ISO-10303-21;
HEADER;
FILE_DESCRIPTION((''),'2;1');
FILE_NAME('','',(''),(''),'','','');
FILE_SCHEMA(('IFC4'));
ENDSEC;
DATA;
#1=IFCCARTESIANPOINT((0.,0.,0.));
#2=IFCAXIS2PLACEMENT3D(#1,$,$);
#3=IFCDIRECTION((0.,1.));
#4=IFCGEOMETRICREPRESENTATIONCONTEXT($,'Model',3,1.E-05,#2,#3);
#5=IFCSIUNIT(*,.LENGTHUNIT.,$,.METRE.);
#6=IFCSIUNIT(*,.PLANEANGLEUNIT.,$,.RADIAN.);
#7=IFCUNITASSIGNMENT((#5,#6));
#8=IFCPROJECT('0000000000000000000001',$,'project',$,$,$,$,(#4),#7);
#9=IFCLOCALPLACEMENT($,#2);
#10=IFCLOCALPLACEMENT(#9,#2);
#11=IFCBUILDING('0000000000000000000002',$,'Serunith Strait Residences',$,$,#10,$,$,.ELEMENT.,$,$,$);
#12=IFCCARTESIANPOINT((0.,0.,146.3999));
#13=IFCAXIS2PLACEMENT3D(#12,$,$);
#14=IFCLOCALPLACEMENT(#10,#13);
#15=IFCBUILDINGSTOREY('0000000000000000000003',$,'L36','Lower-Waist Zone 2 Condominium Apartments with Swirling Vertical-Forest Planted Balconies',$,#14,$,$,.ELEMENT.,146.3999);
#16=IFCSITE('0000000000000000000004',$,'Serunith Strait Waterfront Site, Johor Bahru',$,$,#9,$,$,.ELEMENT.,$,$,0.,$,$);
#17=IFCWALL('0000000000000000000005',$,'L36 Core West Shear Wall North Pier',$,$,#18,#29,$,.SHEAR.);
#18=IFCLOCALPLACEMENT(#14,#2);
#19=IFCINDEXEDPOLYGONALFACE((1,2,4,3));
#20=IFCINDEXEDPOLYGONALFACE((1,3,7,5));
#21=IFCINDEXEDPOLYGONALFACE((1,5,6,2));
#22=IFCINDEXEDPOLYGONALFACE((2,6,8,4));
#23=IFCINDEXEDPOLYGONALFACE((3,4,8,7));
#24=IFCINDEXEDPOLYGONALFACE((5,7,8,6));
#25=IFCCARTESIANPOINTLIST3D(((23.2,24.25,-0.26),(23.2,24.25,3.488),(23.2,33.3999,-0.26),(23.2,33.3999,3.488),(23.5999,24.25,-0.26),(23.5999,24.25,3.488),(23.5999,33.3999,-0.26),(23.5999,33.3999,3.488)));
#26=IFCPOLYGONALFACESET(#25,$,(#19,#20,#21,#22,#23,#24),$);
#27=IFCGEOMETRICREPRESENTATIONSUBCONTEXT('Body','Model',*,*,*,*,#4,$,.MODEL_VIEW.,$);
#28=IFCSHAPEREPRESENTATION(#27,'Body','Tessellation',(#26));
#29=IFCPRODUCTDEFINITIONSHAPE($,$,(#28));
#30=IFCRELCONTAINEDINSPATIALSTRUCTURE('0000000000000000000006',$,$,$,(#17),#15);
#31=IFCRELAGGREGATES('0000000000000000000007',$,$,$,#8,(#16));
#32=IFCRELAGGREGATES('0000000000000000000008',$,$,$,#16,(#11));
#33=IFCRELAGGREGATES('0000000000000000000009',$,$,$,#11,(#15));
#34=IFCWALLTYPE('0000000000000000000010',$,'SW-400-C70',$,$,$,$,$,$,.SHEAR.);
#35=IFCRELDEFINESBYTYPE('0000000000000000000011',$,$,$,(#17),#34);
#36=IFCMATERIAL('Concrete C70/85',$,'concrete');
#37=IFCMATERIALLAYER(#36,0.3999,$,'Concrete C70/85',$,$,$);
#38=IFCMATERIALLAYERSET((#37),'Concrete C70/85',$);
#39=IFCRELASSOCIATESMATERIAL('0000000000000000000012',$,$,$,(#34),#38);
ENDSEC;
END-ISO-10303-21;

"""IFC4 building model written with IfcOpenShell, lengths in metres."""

from ifc_helpers import new_model, si_unit, direction, frame, frame_2d, origin, place, context, subcontext, project, spatial, rectangle, extrude, material, layer, layer_set, type_object, element, save


model = new_model("IFC4")

# Units and contexts
model_context = context("Model", 3, precision=1e-05, world=origin(), true_north=direction((0.0, 1.0)))
body_context = subcontext(model_context, "Body", "Model", "MODEL_VIEW")
ifc_project = project(units=[si_unit("LENGTHUNIT", "METRE"), si_unit("PLANEANGLEUNIT", "RADIAN")], contexts=[model_context])

# Site, building, storey
site_placement = place(None, origin())
site = spatial("IfcSite", under=ifc_project, at=site_placement, Name="Serunith Strait Waterfront Site, Johor Bahru", CompositionType="ELEMENT", RefElevation=0.0)
building_placement = place(site_placement, origin())
building = spatial("IfcBuilding", under=site, at=building_placement, Name="Serunith Strait Residences", CompositionType="ELEMENT")
storey_placement = place(building_placement, frame((0.0, 0.0, 146.3999)))
storey = spatial("IfcBuildingStorey", under=building, at=storey_placement, Name="L36", Description="Lower-Waist Zone 2 Condominium Apartments with Swirling Vertical-Forest Planted Balconies", CompositionType="ELEMENT", Elevation=146.3999)

# Wall
ifc_material_1 = material(Name="Concrete C70/85", Category="concrete")
ifc_layer_1 = layer(ifc_material_1, 0.3999, Name="Concrete C70/85")
ifc_layer_set_1 = layer_set([ifc_layer_1], Name="Concrete C70/85")
wall_type_1 = type_object("IfcWallType", Name="SW-400-C70", PredefinedType="SHEAR", material=ifc_layer_set_1)
wall_1_placement = place(storey_placement, frame((23.3999, 24.25, -0.26), z_axis=(0.0, 0.0, 1.0), x_axis=(0.0, 1.0, 0.0)))
element("IfcWall", 1, at=wall_1_placement, inside=storey, type_object=wall_type_1, Name="L36 Core West Shear Wall North Pier", PredefinedType="SHEAR", context=body_context, shape_type="SweptSolid", body=[
    extrude(rectangle(XDim=9.1499, YDim=0.3999, at=frame_2d((4.575, 0.0))), origin(), (0.0, 0.0, 1.0), 3.748),
])

save(model, "model.ifc")
